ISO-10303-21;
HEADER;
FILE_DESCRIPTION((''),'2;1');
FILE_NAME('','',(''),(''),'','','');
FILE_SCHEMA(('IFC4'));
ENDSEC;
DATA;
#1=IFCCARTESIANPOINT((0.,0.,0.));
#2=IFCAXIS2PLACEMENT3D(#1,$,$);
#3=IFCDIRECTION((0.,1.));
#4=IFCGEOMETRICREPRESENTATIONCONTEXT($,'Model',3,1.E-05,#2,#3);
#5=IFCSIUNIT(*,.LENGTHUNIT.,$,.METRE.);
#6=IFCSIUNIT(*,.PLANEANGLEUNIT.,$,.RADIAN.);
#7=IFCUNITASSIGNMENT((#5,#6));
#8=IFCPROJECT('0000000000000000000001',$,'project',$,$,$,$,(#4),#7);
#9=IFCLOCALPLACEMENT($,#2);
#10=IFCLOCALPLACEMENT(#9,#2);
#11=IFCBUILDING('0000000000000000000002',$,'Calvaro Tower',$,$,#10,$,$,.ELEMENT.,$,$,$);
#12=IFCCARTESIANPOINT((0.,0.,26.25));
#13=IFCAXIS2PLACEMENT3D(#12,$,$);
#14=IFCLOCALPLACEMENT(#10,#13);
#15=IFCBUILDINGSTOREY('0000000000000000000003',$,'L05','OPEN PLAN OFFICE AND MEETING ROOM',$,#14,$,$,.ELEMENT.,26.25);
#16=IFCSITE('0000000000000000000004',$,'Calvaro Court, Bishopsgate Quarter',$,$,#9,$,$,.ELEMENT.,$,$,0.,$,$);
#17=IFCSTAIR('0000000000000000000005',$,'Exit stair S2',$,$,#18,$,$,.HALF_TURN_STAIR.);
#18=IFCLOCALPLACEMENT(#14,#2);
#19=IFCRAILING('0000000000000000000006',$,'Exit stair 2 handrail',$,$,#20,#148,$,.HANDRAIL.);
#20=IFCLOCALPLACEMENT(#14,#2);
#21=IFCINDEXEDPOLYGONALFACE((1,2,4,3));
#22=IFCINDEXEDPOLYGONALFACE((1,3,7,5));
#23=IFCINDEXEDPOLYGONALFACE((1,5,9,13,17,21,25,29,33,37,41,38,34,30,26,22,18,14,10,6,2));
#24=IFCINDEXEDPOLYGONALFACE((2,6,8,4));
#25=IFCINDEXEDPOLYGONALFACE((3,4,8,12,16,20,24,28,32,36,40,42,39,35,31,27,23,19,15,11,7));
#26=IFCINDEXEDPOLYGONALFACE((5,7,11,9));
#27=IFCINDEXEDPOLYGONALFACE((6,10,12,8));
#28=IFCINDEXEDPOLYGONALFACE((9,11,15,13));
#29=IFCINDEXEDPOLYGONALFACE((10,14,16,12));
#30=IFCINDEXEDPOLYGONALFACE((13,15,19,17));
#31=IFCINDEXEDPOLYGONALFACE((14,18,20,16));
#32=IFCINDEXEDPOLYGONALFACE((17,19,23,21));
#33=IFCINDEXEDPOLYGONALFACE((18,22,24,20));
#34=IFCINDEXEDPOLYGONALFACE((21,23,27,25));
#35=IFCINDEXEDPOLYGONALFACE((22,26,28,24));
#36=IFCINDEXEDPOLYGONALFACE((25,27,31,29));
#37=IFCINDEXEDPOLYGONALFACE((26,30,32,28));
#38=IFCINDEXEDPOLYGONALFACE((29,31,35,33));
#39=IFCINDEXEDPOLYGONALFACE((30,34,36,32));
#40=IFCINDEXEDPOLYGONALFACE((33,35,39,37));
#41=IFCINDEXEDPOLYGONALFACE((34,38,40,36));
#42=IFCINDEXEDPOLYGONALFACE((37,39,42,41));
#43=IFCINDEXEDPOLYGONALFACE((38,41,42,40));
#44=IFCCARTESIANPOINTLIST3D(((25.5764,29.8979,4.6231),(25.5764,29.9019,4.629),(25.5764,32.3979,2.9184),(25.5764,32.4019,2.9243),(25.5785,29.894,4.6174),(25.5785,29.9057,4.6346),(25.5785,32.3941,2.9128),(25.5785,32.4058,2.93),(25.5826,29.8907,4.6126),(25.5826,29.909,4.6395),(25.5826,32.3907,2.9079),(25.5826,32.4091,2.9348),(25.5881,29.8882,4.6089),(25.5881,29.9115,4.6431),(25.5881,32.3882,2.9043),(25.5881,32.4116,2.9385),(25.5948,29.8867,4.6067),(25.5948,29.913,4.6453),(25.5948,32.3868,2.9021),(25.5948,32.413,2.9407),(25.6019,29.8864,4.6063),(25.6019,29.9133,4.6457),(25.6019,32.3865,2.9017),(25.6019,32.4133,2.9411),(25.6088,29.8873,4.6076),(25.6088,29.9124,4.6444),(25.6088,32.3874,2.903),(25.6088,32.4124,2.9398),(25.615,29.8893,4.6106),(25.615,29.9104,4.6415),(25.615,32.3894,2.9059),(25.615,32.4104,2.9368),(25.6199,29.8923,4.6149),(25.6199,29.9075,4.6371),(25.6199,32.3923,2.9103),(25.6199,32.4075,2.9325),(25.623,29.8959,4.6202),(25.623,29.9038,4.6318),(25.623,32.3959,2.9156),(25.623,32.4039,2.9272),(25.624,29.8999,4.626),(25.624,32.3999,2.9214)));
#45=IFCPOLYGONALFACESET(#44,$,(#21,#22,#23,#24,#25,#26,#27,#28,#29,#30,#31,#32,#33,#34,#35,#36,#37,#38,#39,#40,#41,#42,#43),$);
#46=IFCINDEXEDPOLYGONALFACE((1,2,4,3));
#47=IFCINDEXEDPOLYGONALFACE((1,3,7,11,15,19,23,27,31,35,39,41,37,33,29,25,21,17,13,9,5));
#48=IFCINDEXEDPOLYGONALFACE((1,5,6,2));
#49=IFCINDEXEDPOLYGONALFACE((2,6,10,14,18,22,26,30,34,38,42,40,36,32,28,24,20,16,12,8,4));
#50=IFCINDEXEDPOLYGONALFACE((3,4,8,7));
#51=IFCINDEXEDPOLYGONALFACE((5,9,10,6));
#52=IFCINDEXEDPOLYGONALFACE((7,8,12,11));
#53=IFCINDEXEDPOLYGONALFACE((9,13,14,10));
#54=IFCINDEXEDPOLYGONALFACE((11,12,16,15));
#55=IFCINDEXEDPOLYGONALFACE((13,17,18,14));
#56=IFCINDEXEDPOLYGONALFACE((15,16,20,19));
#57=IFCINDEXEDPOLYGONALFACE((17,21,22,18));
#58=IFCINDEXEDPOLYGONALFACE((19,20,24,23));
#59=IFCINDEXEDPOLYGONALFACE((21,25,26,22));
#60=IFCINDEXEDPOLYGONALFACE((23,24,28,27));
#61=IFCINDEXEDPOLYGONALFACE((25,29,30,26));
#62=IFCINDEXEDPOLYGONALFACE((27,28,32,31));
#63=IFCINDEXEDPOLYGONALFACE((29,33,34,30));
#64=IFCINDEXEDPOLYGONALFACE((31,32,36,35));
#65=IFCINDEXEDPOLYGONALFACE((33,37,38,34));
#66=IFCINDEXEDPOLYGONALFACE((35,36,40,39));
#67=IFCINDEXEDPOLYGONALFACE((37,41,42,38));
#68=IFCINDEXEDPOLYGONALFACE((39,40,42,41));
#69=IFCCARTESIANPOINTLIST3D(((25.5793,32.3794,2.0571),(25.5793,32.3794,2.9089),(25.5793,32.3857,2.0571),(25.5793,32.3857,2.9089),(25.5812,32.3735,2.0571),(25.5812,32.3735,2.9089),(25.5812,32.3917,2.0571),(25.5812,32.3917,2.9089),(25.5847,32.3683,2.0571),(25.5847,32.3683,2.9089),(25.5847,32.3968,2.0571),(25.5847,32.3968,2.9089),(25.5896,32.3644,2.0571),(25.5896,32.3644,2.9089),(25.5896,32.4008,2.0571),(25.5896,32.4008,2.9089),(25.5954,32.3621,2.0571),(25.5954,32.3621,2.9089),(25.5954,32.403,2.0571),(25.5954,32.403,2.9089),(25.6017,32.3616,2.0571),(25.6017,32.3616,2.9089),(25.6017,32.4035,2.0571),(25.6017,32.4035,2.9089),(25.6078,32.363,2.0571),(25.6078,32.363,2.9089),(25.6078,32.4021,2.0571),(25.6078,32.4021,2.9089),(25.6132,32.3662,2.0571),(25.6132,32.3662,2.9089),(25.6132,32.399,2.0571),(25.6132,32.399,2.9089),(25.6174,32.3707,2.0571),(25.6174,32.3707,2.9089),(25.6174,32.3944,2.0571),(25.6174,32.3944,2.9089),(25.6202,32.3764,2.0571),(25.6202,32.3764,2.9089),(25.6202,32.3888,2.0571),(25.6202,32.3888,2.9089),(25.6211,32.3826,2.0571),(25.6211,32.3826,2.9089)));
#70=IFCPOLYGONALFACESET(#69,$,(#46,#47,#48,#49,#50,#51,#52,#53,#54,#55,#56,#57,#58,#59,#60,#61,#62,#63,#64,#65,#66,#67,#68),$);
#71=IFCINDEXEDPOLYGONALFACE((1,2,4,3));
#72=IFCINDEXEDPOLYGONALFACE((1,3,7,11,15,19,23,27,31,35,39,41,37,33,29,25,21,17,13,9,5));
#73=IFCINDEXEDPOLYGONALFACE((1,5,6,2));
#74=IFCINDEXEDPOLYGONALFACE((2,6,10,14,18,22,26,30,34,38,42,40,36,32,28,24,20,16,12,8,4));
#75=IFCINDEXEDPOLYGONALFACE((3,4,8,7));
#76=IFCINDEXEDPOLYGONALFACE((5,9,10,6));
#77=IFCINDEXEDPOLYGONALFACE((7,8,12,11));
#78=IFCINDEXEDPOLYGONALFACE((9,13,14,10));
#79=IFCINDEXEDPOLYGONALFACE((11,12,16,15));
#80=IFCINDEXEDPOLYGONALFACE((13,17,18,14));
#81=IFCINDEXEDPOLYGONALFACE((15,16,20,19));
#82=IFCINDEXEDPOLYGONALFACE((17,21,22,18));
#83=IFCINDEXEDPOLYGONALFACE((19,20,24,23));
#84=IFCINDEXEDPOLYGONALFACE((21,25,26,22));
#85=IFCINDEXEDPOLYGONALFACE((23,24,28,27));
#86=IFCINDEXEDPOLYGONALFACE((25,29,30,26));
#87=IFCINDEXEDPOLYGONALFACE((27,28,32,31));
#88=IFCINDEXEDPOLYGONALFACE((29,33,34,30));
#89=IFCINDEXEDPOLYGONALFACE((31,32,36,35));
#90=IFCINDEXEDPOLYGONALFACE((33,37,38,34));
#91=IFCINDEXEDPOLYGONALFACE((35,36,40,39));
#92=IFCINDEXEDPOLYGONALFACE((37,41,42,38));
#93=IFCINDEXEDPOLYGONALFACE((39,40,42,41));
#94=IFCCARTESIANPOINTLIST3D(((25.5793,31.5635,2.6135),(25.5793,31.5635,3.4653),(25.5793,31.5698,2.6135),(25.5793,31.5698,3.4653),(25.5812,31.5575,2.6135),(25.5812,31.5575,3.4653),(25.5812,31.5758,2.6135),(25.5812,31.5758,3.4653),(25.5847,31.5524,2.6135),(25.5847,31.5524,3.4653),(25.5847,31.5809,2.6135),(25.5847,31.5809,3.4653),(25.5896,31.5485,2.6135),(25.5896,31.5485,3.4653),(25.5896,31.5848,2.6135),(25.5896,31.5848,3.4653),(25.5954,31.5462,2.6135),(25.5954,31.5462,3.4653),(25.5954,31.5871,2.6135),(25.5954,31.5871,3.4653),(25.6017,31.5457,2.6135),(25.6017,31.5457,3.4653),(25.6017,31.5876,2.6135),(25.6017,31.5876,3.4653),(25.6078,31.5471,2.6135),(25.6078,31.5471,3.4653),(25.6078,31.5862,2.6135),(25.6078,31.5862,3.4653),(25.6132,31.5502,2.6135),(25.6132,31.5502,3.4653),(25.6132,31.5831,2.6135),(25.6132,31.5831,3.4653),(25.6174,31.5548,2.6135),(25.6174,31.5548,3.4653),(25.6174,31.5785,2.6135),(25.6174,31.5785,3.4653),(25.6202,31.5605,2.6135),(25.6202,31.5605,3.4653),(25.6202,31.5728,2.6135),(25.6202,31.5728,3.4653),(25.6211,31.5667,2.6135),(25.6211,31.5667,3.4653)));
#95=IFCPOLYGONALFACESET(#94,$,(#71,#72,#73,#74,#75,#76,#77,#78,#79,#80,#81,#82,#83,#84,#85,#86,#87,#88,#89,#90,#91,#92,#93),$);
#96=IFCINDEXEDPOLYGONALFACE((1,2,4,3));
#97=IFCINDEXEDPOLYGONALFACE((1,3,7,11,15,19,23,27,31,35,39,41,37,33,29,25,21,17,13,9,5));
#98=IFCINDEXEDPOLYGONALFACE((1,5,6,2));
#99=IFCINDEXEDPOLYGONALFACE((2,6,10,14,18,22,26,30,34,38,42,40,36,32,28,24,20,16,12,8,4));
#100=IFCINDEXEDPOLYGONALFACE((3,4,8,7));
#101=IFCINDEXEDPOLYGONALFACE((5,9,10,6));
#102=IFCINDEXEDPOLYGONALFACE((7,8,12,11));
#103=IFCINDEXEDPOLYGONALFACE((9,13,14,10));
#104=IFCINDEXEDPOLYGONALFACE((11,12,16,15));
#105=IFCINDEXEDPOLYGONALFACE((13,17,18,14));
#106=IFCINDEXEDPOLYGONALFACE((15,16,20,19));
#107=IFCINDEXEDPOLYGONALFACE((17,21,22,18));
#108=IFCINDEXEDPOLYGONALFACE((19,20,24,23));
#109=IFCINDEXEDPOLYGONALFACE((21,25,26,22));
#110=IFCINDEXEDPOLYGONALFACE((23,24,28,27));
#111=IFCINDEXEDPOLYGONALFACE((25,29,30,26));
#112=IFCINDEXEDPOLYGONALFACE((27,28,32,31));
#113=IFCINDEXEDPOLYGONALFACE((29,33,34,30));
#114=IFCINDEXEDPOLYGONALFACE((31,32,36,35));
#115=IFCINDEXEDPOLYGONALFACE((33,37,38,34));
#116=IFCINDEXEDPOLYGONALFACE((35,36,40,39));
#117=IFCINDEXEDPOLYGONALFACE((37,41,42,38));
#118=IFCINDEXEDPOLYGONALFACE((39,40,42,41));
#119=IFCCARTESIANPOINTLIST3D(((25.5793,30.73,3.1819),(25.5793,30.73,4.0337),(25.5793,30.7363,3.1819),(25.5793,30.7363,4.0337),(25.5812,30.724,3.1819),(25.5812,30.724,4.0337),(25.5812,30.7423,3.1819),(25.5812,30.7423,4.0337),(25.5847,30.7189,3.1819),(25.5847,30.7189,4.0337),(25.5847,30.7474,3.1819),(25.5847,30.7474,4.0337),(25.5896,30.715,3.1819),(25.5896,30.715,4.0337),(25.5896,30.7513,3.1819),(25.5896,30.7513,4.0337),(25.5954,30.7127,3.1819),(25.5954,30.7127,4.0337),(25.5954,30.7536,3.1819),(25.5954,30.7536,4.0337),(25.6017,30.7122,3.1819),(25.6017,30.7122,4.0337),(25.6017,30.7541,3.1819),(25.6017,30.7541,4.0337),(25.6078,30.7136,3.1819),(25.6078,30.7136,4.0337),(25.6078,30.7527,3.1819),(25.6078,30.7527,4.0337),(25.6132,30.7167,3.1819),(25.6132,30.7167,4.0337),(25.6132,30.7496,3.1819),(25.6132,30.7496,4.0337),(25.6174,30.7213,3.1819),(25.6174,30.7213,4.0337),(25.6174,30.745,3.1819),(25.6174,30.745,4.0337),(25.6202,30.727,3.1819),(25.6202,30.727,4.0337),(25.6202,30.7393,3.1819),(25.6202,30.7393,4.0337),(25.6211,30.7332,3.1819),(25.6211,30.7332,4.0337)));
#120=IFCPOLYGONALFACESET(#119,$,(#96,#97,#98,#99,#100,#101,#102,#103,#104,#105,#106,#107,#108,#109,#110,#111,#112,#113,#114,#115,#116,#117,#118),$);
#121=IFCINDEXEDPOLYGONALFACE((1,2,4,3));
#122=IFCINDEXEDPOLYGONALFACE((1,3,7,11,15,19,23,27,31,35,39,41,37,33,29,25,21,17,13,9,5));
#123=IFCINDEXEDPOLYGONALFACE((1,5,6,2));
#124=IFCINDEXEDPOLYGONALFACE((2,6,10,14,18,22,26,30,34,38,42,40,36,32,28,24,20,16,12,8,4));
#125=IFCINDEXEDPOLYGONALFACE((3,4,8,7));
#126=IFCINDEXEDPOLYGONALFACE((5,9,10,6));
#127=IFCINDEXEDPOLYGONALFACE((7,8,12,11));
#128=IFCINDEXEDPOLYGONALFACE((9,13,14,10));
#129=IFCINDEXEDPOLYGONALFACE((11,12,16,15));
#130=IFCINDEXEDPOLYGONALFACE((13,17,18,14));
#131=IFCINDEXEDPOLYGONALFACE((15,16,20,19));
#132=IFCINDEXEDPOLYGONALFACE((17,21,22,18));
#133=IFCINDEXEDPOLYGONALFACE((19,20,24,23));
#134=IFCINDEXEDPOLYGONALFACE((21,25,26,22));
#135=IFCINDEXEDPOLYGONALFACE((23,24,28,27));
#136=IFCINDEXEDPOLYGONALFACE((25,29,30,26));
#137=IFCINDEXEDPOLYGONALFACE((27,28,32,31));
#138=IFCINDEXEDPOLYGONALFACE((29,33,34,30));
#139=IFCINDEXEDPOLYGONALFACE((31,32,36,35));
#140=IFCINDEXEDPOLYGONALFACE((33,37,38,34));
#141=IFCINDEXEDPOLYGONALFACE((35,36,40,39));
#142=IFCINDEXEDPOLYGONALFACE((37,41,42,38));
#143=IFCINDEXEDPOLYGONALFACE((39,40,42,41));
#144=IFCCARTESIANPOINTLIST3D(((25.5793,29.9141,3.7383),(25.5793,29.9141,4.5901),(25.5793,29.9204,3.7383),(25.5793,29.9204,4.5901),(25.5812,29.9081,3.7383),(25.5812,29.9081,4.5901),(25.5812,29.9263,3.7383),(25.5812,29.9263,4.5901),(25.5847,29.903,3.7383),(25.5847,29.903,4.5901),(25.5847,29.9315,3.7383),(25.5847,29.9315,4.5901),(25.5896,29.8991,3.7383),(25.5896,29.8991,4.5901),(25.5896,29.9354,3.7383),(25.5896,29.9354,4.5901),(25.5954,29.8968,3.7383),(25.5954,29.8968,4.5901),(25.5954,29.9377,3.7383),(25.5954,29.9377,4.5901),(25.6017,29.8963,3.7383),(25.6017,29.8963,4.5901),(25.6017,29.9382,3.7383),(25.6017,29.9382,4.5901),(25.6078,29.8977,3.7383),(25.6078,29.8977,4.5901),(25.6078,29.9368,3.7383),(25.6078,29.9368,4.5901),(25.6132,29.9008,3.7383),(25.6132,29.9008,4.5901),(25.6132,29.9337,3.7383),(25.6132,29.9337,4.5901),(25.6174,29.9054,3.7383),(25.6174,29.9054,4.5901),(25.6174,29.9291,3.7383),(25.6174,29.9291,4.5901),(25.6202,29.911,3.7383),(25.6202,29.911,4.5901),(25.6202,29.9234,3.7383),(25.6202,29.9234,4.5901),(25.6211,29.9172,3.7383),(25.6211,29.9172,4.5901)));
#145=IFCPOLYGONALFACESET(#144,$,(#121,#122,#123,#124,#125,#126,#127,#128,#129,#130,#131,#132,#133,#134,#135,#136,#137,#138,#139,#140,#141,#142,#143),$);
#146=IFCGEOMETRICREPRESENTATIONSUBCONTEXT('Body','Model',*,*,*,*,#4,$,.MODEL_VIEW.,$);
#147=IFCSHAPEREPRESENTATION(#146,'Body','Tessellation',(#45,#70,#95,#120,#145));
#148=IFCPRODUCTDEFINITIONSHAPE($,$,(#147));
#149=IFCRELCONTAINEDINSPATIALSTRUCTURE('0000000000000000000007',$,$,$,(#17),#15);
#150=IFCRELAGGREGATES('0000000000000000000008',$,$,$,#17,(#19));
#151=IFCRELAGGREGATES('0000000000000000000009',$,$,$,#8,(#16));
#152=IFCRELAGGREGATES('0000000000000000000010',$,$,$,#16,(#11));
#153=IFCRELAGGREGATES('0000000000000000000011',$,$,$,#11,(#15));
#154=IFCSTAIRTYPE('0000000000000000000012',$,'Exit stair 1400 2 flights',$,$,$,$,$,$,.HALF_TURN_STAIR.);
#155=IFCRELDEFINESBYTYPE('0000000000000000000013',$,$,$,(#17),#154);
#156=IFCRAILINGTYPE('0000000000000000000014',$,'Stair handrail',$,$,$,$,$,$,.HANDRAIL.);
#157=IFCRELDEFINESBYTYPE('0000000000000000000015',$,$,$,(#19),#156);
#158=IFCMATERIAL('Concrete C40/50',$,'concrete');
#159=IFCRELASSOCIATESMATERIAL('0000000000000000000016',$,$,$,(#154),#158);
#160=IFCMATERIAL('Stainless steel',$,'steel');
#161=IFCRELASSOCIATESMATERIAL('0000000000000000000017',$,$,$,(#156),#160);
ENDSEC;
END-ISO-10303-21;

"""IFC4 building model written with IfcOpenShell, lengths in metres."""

from ifc_helpers import new_model, si_unit, direction, frame, origin, origin_2d, place, context, subcontext, project, spatial, circle, extrude, material, type_object, element, aggregate, save


model = new_model("IFC4")

# Units and contexts
model_context = context("Model", 3, precision=1e-05, world=origin(), true_north=direction((0.0, 1.0)))
body_context = subcontext(model_context, "Body", "Model", "MODEL_VIEW")
ifc_project = project(units=[si_unit("LENGTHUNIT", "METRE"), si_unit("PLANEANGLEUNIT", "RADIAN")], contexts=[model_context])

# Site, building, storey
site_placement = place(None, origin())
site = spatial("IfcSite", under=ifc_project, at=site_placement, Name="Calvaro Court, Bishopsgate Quarter", CompositionType="ELEMENT", RefElevation=0.0)
building_placement = place(site_placement, origin())
building = spatial("IfcBuilding", under=site, at=building_placement, Name="Calvaro Tower", CompositionType="ELEMENT")
storey_placement = place(building_placement, frame((0.0, 0.0, 26.25)))
storey = spatial("IfcBuildingStorey", under=building, at=storey_placement, Name="L05", Description="OPEN PLAN OFFICE AND MEETING ROOM", CompositionType="ELEMENT", Elevation=26.25)

# Stair, railing
ifc_material_1 = material(Name="Concrete C40/50", Category="concrete")
stair_type = type_object("IfcStairType", Name="Exit stair 1400 2 flights", PredefinedType="HALF_TURN_STAIR", material=ifc_material_1)
stair_placement = place(storey_placement, origin())
stair = element("IfcStair", 1, at=stair_placement, inside=storey, type_object=stair_type, Name="Exit stair S2", PredefinedType="HALF_TURN_STAIR")
ifc_material_2 = material(Name="Stainless steel", Category="steel")
railing_type = type_object("IfcRailingType", Name="Stair handrail", PredefinedType="HANDRAIL", material=ifc_material_2)
railing_1_placement = place(storey_placement, frame((25.6001, 32.3999, 2.0454)))
railing_1 = element("IfcRailing", 2, at=railing_1_placement, type_object=railing_type, Name="Exit stair 2 handrail", PredefinedType="HANDRAIL", context=body_context, shape_type="SweptSolid", body=[
    extrude(circle(Radius=0.0239, at=origin_2d()), frame((0.0, 0.0, 0.876), z_axis=(0.0, -0.826221, 0.563347), x_axis=(1.0, 0.0, 0.0)), (0.0, 0.0, 1.0), 3.0259),
    extrude(circle(Radius=0.021, at=origin_2d()), frame((0.0, -0.0173, 0.0117)), (0.0, 0.0, 1.0), 0.8518),
    extrude(circle(Radius=0.021, at=origin_2d()), frame((0.0, -0.8333, 0.5681)), (0.0, 0.0, 1.0), 0.8518),
    extrude(circle(Radius=0.021, at=origin_2d()), frame((0.0, -1.6667, 1.1365)), (0.0, 0.0, 1.0), 0.8518),
    extrude(circle(Radius=0.021, at=origin_2d()), frame((0.0, -2.4827, 1.6929)), (0.0, 0.0, 1.0), 0.8518),
])
aggregate(stair, [railing_1])

save(model, "model.ifc")
